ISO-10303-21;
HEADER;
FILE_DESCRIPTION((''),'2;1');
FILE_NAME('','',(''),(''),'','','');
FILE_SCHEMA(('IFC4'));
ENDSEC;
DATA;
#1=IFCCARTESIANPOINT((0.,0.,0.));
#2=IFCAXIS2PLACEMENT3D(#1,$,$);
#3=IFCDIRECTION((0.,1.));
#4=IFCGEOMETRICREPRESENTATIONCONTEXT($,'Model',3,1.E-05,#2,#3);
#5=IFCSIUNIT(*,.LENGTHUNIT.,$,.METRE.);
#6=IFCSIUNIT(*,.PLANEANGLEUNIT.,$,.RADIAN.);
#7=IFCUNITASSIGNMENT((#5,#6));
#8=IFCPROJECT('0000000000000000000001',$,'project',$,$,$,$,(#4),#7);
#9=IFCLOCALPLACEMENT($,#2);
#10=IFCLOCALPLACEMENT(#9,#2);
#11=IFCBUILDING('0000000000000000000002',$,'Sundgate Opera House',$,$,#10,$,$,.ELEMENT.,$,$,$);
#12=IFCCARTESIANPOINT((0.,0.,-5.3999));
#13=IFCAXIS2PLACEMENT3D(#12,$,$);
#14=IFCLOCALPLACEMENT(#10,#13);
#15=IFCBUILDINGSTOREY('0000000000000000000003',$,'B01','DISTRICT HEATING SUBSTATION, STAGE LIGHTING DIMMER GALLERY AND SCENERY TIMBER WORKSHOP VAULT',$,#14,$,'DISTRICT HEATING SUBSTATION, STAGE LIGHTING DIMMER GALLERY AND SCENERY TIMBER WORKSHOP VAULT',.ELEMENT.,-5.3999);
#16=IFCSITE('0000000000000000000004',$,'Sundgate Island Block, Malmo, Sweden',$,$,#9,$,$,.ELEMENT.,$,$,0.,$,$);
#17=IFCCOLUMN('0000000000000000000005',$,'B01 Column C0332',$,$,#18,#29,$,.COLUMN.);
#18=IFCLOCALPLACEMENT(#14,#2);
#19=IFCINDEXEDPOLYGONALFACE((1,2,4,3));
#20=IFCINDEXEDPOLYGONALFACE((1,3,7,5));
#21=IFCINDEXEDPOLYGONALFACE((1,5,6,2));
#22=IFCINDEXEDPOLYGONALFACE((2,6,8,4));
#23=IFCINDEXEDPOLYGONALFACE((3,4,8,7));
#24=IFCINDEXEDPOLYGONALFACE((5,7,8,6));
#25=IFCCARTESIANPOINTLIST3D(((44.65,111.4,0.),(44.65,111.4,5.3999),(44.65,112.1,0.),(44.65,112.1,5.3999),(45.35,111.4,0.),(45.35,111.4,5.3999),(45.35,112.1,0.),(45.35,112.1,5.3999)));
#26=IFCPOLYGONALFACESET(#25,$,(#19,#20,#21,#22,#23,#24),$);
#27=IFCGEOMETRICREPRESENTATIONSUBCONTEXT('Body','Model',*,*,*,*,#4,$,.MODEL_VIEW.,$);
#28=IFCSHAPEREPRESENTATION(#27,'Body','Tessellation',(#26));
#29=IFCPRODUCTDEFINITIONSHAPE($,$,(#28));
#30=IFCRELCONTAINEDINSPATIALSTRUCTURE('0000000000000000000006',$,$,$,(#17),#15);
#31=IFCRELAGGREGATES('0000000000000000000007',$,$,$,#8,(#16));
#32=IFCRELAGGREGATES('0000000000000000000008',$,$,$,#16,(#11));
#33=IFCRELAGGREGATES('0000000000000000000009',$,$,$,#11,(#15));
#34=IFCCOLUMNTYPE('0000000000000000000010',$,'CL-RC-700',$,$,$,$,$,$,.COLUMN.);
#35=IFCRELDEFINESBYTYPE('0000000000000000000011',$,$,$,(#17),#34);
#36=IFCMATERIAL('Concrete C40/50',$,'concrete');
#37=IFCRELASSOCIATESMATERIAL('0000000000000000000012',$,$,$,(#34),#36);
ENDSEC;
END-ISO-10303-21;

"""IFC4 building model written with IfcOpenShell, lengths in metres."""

from ifc_helpers import new_model, si_unit, direction, frame, origin, origin_2d, place, context, subcontext, project, spatial, rectangle, extrude, material, material_profile, profile_set, type_object, element, save


model = new_model("IFC4")

# Units and contexts
model_context = context("Model", 3, precision=1e-05, world=origin(), true_north=direction((0.0, 1.0)))
body_context = subcontext(model_context, "Body", "Model", "MODEL_VIEW")
ifc_project = project(units=[si_unit("LENGTHUNIT", "METRE"), si_unit("PLANEANGLEUNIT", "RADIAN")], contexts=[model_context])

# Site, building, storey
site_placement = place(None, origin())
site = spatial("IfcSite", under=ifc_project, at=site_placement, Name="Sundgate Island Block, Malmo, Sweden", CompositionType="ELEMENT", RefElevation=0.0)
building_placement = place(site_placement, origin())
building = spatial("IfcBuilding", under=site, at=building_placement, Name="Sundgate Opera House", CompositionType="ELEMENT")
storey_placement = place(building_placement, frame((0.0, 0.0, -5.3999)))
storey = spatial("IfcBuildingStorey", under=building, at=storey_placement, Name="B01", Description="DISTRICT HEATING SUBSTATION, STAGE LIGHTING DIMMER GALLERY AND SCENERY TIMBER WORKSHOP VAULT", LongName="DISTRICT HEATING SUBSTATION, STAGE LIGHTING DIMMER GALLERY AND SCENERY TIMBER WORKSHOP VAULT", CompositionType="ELEMENT", Elevation=-5.3999)

# Column
ifc_material_1 = material(Name="Concrete C40/50", Category="concrete")
ifc_material_profile_1 = material_profile(ifc_material_1, rectangle(XDim=0.7, YDim=0.7, at=origin_2d()), Name="RC 700x700")
ifc_profile_set_1 = profile_set([ifc_material_profile_1], Name="Concrete C40/50")
column_type = type_object("IfcColumnType", Name="CL-RC-700", PredefinedType="COLUMN", material=ifc_profile_set_1)
for number, where, z_axis, x_axis, name in (
    (1, (45.0, 111.75, 0.0), (0.0, 0.0, 1.0), (1.0, 0.0, 0.0), "B01 Column C0332"),
):
    element("IfcColumn", number, at=place(storey_placement, frame(where, z_axis=z_axis, x_axis=x_axis)), inside=storey, type_object=column_type, Name=name, PredefinedType="COLUMN", context=body_context, shape_type="SweptSolid", body=[
        extrude(rectangle(XDim=0.7, YDim=0.7, at=origin_2d()), origin(), (0.0, 0.0, 1.0), 5.3999),
    ])

save(model, "model.ifc")
